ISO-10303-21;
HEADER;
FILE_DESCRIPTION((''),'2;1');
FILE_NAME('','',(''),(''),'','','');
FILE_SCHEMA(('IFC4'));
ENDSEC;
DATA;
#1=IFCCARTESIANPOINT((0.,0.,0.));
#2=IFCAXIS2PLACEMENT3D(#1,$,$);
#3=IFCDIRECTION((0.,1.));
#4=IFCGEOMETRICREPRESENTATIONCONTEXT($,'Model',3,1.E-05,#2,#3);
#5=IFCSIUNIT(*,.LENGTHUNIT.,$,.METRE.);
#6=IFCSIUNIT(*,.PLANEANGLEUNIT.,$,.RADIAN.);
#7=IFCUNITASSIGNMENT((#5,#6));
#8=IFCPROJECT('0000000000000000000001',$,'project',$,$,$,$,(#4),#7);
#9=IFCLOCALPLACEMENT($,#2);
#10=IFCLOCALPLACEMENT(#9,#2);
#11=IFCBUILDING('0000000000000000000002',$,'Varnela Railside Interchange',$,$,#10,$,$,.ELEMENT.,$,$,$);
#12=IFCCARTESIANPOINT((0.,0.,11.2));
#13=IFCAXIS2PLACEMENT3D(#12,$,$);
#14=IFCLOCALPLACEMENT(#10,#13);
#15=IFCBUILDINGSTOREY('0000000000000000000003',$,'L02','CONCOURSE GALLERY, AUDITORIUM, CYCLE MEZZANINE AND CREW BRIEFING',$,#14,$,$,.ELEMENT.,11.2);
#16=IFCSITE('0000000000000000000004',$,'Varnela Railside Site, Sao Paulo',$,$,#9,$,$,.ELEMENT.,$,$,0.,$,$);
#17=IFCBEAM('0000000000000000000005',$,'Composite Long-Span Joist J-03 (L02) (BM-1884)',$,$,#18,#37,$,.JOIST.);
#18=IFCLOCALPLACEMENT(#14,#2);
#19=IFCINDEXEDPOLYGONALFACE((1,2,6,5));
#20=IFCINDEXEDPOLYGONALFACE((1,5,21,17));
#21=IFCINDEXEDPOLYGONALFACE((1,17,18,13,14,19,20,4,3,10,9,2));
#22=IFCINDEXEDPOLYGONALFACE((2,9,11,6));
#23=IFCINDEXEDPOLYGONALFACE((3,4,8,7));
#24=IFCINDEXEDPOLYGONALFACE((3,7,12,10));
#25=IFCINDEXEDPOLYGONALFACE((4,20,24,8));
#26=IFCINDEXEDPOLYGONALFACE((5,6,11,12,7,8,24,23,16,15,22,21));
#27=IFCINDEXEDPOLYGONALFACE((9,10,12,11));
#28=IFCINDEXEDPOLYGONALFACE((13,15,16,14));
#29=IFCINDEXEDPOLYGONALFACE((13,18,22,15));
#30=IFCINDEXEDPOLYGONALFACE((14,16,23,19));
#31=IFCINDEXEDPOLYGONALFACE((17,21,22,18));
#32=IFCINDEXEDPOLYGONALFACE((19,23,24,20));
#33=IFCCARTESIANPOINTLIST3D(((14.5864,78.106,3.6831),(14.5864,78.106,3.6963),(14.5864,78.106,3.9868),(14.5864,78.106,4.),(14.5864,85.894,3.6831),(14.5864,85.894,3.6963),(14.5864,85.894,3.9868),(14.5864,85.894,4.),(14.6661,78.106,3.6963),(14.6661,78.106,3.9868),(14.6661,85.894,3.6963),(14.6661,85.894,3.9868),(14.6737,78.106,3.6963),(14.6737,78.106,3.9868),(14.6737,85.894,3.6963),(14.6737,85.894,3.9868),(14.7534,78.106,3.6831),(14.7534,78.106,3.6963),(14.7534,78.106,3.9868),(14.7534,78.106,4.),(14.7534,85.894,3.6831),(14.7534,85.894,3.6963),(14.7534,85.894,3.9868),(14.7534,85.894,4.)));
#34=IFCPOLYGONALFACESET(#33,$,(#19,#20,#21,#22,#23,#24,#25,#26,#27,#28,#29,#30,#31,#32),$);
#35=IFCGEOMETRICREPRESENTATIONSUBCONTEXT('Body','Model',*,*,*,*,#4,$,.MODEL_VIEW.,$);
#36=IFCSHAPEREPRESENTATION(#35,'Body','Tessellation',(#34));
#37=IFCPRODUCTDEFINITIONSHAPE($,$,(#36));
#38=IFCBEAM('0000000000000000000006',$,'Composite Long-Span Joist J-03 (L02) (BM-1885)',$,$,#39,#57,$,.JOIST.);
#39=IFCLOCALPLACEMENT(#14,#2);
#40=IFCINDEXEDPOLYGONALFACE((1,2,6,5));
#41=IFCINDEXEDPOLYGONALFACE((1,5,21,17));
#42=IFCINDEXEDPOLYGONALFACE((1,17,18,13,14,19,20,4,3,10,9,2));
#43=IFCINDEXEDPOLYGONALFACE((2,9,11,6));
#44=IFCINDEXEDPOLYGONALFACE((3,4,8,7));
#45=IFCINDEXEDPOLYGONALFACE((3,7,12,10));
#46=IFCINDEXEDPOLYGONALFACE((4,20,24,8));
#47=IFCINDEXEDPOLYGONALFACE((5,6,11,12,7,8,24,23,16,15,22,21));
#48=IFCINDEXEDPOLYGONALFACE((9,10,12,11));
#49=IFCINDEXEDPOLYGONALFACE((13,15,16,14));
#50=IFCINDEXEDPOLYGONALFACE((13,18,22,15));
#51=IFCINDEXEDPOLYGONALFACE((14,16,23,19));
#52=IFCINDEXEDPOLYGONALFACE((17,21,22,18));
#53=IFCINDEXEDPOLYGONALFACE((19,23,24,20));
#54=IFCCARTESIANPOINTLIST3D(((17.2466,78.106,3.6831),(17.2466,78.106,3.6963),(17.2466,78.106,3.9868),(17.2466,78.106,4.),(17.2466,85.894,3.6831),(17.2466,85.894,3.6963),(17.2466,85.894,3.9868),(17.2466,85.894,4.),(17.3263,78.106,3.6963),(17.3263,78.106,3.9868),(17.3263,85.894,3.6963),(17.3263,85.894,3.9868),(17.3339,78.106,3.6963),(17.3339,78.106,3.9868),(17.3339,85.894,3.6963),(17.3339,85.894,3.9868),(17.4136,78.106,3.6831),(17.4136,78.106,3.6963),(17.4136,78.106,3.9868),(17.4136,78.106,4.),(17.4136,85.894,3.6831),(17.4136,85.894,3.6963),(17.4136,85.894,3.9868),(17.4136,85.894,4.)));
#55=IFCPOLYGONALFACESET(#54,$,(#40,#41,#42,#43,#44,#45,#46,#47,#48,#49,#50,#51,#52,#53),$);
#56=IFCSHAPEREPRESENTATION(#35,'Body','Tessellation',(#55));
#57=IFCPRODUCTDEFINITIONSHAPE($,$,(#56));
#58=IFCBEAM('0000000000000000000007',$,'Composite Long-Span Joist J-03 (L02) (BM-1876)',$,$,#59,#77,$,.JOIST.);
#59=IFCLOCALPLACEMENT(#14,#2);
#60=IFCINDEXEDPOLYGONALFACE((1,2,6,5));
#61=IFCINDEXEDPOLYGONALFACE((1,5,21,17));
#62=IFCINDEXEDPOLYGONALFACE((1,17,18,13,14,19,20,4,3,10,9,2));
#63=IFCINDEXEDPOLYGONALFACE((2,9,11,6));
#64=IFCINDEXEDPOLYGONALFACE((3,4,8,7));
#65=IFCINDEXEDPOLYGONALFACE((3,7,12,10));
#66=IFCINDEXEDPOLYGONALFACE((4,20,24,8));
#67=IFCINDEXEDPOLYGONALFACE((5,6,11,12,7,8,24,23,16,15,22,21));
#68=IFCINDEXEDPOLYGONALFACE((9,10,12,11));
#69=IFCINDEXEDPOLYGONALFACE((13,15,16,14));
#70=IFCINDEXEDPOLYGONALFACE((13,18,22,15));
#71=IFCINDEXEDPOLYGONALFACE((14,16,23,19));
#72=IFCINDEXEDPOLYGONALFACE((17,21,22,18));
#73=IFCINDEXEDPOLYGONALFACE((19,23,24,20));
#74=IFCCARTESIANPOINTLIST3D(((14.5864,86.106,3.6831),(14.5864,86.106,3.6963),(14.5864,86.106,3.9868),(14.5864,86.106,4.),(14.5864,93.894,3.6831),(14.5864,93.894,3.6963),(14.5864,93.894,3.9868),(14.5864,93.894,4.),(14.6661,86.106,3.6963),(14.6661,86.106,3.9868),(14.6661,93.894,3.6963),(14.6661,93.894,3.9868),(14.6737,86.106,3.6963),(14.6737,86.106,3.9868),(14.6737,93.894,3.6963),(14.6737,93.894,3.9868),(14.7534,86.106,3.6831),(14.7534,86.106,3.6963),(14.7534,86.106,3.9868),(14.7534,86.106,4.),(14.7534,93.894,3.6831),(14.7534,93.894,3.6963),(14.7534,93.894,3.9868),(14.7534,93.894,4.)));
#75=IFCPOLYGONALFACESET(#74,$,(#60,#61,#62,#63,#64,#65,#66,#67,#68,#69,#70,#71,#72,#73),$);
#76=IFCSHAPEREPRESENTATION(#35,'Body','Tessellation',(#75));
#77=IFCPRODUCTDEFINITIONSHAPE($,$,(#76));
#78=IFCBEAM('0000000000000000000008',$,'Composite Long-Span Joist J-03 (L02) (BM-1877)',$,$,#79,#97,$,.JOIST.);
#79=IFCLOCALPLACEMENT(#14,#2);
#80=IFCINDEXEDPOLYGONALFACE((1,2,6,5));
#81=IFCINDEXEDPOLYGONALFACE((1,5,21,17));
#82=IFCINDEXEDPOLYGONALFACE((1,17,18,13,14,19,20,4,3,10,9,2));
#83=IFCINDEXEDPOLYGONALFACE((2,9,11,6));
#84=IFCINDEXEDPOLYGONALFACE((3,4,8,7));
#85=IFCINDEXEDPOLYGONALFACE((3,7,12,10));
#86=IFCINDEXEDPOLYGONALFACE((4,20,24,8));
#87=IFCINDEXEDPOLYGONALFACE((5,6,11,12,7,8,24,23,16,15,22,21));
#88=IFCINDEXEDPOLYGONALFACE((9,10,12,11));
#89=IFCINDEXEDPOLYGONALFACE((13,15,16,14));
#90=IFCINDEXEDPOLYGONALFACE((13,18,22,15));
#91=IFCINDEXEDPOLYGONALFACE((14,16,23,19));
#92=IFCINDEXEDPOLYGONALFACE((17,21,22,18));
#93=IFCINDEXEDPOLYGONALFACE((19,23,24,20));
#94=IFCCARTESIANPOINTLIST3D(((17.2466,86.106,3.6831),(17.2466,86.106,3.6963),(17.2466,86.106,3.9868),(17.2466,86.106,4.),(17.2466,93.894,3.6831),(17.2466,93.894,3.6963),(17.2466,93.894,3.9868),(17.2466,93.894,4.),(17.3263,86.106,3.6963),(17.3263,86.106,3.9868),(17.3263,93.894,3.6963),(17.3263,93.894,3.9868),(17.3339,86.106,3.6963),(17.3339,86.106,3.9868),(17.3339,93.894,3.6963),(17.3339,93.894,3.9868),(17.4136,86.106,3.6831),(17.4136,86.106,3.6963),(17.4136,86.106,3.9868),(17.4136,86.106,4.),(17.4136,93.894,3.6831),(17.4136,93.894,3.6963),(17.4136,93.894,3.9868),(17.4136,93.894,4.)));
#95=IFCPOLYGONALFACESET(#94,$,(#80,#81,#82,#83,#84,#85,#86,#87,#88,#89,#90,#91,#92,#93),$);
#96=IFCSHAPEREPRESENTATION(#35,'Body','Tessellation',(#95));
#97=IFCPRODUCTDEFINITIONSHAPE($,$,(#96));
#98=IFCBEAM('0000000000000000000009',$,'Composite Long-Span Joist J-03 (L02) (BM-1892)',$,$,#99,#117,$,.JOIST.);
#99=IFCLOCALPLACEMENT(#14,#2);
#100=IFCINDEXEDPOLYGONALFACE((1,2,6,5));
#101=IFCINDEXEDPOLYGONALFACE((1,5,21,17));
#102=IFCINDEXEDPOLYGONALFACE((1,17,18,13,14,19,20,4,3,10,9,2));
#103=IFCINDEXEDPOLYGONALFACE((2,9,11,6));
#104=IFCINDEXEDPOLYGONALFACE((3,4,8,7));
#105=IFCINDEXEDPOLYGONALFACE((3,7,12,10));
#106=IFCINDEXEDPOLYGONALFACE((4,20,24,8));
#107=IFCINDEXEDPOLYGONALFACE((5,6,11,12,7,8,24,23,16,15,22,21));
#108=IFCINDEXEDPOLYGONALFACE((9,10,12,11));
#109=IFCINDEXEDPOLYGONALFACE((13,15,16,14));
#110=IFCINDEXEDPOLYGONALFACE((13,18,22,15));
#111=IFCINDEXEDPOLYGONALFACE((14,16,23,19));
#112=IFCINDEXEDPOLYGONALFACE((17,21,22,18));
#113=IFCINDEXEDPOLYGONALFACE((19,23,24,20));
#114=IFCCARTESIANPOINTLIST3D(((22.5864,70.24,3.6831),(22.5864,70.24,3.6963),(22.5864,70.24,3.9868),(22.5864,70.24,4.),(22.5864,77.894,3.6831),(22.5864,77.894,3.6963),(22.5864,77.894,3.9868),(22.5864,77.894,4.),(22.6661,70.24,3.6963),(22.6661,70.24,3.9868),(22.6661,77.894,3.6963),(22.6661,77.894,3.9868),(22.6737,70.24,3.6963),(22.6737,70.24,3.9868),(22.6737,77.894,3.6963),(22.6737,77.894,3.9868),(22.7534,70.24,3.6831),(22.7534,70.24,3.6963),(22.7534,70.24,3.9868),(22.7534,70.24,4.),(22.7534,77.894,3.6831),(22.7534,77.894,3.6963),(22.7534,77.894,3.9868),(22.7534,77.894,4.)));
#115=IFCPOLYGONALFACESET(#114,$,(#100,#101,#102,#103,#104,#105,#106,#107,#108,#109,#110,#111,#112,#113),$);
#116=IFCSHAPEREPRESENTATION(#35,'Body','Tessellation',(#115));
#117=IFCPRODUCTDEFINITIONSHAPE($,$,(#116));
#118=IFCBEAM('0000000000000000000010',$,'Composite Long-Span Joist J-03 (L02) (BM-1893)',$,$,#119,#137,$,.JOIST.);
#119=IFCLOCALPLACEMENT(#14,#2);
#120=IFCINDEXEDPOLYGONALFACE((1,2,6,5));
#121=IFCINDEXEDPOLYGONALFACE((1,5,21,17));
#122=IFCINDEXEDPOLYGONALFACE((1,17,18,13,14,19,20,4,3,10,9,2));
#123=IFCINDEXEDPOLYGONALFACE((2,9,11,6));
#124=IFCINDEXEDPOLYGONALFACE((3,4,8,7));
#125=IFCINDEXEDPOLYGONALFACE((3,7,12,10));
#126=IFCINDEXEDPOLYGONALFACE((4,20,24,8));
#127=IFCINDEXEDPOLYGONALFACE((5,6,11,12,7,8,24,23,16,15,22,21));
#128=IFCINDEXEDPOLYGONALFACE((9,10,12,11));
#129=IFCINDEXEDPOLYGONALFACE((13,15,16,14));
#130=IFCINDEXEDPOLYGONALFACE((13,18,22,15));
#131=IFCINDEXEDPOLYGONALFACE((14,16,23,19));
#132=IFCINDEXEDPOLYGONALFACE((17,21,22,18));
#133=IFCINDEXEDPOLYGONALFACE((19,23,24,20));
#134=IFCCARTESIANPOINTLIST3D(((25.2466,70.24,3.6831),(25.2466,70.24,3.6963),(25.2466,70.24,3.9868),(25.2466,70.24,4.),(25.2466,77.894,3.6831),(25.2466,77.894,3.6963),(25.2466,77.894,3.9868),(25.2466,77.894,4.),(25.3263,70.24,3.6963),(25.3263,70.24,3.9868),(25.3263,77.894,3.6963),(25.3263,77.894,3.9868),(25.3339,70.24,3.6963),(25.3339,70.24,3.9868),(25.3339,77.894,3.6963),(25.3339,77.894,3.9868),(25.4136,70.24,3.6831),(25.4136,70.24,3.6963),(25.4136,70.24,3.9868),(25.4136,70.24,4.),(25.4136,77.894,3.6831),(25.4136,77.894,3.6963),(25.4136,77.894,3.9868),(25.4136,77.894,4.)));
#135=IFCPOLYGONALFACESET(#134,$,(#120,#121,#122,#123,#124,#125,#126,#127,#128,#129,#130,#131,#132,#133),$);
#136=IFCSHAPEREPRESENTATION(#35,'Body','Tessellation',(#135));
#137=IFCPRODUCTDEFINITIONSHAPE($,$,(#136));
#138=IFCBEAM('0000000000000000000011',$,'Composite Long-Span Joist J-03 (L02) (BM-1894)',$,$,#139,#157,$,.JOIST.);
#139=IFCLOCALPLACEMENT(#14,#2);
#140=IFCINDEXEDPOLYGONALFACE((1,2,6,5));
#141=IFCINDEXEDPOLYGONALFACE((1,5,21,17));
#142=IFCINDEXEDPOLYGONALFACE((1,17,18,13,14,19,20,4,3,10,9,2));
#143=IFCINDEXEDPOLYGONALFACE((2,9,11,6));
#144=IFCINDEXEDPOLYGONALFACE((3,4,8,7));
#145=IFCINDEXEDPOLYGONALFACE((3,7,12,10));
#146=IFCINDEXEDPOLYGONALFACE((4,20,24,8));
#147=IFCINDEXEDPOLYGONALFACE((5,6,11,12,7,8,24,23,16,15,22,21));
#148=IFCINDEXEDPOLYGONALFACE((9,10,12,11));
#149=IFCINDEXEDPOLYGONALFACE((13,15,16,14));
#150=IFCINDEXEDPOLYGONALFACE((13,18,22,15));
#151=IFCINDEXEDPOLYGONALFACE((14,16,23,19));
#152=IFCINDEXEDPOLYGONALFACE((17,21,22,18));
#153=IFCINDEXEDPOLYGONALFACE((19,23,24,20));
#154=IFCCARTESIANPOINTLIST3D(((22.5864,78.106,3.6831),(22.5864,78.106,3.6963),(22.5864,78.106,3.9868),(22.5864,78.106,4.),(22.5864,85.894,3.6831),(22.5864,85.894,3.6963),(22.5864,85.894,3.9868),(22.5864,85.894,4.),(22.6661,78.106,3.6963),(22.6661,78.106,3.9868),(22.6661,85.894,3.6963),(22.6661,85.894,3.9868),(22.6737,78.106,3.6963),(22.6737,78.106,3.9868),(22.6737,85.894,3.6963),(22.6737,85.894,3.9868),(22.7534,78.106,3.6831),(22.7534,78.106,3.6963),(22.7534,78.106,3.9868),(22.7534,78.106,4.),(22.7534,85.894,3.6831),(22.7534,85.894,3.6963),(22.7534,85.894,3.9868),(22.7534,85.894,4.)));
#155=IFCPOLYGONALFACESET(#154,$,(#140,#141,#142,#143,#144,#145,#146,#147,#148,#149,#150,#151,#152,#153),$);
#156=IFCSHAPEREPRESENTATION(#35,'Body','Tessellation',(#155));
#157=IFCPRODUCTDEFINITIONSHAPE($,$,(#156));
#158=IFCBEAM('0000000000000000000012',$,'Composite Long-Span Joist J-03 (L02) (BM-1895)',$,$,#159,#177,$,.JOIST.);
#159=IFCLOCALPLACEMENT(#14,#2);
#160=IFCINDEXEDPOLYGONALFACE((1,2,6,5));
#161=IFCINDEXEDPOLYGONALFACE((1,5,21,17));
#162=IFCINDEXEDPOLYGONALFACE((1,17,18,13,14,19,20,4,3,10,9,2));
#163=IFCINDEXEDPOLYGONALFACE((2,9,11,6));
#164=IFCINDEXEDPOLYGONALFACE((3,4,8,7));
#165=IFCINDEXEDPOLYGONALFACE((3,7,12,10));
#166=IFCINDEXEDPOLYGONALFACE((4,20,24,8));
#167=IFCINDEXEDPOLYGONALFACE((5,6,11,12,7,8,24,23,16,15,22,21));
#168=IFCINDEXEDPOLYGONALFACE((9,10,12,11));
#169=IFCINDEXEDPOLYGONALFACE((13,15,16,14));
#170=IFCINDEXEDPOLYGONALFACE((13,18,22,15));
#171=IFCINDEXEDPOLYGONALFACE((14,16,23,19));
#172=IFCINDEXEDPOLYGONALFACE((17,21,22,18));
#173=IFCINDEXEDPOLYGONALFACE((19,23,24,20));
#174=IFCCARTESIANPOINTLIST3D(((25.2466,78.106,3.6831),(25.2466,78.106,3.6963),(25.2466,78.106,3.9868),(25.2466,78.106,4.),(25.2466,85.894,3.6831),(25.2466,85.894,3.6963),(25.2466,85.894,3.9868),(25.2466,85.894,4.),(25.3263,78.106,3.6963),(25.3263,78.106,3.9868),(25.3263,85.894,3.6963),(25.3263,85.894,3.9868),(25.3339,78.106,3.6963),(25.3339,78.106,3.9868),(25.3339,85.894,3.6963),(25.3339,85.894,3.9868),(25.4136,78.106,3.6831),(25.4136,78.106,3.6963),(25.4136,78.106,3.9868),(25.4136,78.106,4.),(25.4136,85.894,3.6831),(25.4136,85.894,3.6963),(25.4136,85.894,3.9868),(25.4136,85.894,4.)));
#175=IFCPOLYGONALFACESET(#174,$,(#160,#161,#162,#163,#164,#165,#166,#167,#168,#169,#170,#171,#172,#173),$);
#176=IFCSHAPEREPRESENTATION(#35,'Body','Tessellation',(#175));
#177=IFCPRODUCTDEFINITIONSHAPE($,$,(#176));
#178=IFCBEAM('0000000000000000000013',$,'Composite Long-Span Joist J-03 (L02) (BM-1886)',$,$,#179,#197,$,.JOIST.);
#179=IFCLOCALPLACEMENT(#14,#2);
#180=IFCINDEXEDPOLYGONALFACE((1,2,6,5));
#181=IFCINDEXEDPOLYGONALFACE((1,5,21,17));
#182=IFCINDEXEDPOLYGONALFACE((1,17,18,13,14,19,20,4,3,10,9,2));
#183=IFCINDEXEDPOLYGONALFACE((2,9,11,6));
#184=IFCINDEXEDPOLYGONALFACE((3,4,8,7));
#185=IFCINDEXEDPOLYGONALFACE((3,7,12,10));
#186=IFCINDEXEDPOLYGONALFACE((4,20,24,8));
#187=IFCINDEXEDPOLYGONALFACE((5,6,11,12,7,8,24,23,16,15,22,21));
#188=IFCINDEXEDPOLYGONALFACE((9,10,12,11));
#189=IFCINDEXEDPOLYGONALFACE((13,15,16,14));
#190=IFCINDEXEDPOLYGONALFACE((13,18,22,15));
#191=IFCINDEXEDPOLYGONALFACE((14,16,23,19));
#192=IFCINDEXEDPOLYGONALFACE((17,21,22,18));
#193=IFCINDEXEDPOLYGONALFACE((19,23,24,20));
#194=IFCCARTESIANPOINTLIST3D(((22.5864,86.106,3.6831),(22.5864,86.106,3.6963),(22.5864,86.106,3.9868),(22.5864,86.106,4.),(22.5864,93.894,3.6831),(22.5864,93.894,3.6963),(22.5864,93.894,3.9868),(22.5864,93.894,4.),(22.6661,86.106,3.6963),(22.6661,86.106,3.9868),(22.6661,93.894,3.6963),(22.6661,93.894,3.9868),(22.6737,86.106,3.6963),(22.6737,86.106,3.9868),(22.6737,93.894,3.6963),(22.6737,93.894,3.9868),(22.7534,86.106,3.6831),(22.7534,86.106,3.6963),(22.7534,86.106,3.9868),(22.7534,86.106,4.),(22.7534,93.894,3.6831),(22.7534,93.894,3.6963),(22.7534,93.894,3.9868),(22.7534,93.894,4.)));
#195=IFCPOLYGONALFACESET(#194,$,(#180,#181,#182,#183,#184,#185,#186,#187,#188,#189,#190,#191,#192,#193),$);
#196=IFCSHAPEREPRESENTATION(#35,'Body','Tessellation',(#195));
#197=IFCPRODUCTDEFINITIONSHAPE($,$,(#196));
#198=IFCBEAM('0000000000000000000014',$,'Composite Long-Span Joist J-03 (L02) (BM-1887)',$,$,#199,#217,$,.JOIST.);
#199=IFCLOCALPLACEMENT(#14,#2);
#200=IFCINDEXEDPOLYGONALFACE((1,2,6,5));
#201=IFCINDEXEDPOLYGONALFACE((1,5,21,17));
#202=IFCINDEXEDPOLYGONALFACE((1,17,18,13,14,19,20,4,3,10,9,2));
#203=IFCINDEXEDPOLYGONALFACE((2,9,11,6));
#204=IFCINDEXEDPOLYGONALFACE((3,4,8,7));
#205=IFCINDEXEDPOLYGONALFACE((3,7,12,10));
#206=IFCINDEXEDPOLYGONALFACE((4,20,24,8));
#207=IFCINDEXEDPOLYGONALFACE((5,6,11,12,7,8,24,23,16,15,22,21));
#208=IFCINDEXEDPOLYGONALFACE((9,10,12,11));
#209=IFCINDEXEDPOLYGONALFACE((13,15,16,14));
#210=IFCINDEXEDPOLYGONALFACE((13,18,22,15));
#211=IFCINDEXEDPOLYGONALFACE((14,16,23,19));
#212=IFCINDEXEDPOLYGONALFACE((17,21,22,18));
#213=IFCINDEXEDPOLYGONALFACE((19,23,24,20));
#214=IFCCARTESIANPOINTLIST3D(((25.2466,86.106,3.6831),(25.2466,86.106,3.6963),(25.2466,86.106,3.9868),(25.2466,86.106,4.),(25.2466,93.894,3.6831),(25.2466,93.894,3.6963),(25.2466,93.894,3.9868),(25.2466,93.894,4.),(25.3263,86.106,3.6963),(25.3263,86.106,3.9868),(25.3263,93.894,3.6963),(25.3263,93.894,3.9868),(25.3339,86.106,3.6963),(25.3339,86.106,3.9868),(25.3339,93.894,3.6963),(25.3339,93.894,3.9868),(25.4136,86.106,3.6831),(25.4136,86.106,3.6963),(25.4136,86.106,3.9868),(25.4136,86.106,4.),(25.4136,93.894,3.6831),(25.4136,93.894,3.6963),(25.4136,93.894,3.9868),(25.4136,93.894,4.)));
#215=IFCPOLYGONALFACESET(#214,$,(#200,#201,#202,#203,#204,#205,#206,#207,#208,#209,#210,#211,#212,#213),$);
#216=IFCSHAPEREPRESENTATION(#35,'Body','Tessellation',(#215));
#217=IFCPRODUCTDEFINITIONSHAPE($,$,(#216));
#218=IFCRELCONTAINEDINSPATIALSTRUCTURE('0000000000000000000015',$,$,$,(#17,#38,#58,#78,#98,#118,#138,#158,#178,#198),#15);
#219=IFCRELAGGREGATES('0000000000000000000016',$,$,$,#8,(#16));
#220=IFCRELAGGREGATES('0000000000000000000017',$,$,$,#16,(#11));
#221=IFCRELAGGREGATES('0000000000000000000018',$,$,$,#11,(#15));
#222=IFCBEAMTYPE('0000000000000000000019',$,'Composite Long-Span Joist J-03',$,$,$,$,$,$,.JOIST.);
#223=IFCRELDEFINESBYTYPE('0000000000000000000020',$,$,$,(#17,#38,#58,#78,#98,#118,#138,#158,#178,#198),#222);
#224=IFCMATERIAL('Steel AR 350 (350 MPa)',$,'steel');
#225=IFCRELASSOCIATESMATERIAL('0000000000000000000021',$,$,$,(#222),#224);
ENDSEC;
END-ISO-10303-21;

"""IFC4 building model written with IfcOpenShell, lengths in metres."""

from ifc_helpers import new_model, si_unit, direction, frame, origin, origin_2d, place, context, subcontext, project, spatial, i_section, extrude, material, material_profile, profile_set, type_object, element, save


model = new_model("IFC4")

# Units and contexts
model_context = context("Model", 3, precision=1e-05, world=origin(), true_north=direction((0.0, 1.0)))
body_context = subcontext(model_context, "Body", "Model", "MODEL_VIEW")
ifc_project = project(units=[si_unit("LENGTHUNIT", "METRE"), si_unit("PLANEANGLEUNIT", "RADIAN")], contexts=[model_context])

# Site, building, storey
site_placement = place(None, origin())
site = spatial("IfcSite", under=ifc_project, at=site_placement, Name="Varnela Railside Site, Sao Paulo", CompositionType="ELEMENT", RefElevation=0.0)
building_placement = place(site_placement, origin())
building = spatial("IfcBuilding", under=site, at=building_placement, Name="Varnela Railside Interchange", CompositionType="ELEMENT")
storey_placement = place(building_placement, frame((0.0, 0.0, 11.2)))
storey = spatial("IfcBuildingStorey", under=building, at=storey_placement, Name="L02", Description="CONCOURSE GALLERY, AUDITORIUM, CYCLE MEZZANINE AND CREW BRIEFING", CompositionType="ELEMENT", Elevation=11.2)

# Shared definitions
ifc_material_1 = material(Name="Steel AR 350 (350 MPa)", Category="steel")

# Beams
ifc_material_profile_1 = material_profile(ifc_material_1, i_section(OverallWidth=0.167, OverallDepth=0.3169, WebThickness=0.0076, FlangeThickness=0.0132, at=origin_2d()), Name="W310x52")
ifc_profile_set_1 = profile_set([ifc_material_profile_1], Name="Steel AR 350 (350 MPa)")
beam_type_1 = type_object("IfcBeamType", Name="Composite Long-Span Joist J-03", PredefinedType="JOIST", material=ifc_profile_set_1)
for number, where, z_axis, x_axis, name in (
    (1, (14.6699, 78.106, 3.8416), (0.0, 1.0, 0.0), (-1.0, 0.0, 0.0), "Composite Long-Span Joist J-03 (L02) (BM-1884)"),
    (2, (17.3301, 78.106, 3.8416), (0.0, 1.0, 0.0), (-1.0, 0.0, 0.0), "Composite Long-Span Joist J-03 (L02) (BM-1885)"),
    (3, (14.6699, 86.106, 3.8416), (0.0, 1.0, 0.0), (-1.0, 0.0, 0.0), "Composite Long-Span Joist J-03 (L02) (BM-1876)"),
    (4, (17.3301, 86.106, 3.8416), (0.0, 1.0, 0.0), (-1.0, 0.0, 0.0), "Composite Long-Span Joist J-03 (L02) (BM-1877)"),
):
    element("IfcBeam", number, at=place(storey_placement, frame(where, z_axis=z_axis, x_axis=x_axis)), inside=storey, type_object=beam_type_1, Name=name, PredefinedType="JOIST", context=body_context, shape_type="SweptSolid", body=[
        extrude(i_section(OverallWidth=0.167, OverallDepth=0.3169, WebThickness=0.0076, FlangeThickness=0.0132, at=origin_2d()), origin(), (0.0, 0.0, 1.0), 7.7881),
    ])
for number, where, z_axis, x_axis, name in (
    (5, (22.6699, 70.24, 3.8416), (0.0, 1.0, 0.0), (-1.0, 0.0, 0.0), "Composite Long-Span Joist J-03 (L02) (BM-1892)"),
    (6, (25.3301, 70.24, 3.8416), (0.0, 1.0, 0.0), (-1.0, 0.0, 0.0), "Composite Long-Span Joist J-03 (L02) (BM-1893)"),
):
    element("IfcBeam", number, at=place(storey_placement, frame(where, z_axis=z_axis, x_axis=x_axis)), inside=storey, type_object=beam_type_1, Name=name, PredefinedType="JOIST", context=body_context, shape_type="SweptSolid", body=[
        extrude(i_section(OverallWidth=0.167, OverallDepth=0.3169, WebThickness=0.0076, FlangeThickness=0.0132, at=origin_2d()), origin(), (0.0, 0.0, 1.0), 7.6541),
    ])
for number, where, z_axis, x_axis, name in (
    (7, (22.6699, 78.106, 3.8416), (0.0, 1.0, 0.0), (-1.0, 0.0, 0.0), "Composite Long-Span Joist J-03 (L02) (BM-1894)"),
    (8, (25.3301, 78.106, 3.8416), (0.0, 1.0, 0.0), (-1.0, 0.0, 0.0), "Composite Long-Span Joist J-03 (L02) (BM-1895)"),
    (9, (22.6699, 86.106, 3.8416), (0.0, 1.0, 0.0), (-1.0, 0.0, 0.0), "Composite Long-Span Joist J-03 (L02) (BM-1886)"),
    (10, (25.3301, 86.106, 3.8416), (0.0, 1.0, 0.0), (-1.0, 0.0, 0.0), "Composite Long-Span Joist J-03 (L02) (BM-1887)"),
):
    element("IfcBeam", number, at=place(storey_placement, frame(where, z_axis=z_axis, x_axis=x_axis)), inside=storey, type_object=beam_type_1, Name=name, PredefinedType="JOIST", context=body_context, shape_type="SweptSolid", body=[
        extrude(i_section(OverallWidth=0.167, OverallDepth=0.3169, WebThickness=0.0076, FlangeThickness=0.0132, at=origin_2d()), origin(), (0.0, 0.0, 1.0), 7.7881),
    ])

save(model, "model.ifc")
